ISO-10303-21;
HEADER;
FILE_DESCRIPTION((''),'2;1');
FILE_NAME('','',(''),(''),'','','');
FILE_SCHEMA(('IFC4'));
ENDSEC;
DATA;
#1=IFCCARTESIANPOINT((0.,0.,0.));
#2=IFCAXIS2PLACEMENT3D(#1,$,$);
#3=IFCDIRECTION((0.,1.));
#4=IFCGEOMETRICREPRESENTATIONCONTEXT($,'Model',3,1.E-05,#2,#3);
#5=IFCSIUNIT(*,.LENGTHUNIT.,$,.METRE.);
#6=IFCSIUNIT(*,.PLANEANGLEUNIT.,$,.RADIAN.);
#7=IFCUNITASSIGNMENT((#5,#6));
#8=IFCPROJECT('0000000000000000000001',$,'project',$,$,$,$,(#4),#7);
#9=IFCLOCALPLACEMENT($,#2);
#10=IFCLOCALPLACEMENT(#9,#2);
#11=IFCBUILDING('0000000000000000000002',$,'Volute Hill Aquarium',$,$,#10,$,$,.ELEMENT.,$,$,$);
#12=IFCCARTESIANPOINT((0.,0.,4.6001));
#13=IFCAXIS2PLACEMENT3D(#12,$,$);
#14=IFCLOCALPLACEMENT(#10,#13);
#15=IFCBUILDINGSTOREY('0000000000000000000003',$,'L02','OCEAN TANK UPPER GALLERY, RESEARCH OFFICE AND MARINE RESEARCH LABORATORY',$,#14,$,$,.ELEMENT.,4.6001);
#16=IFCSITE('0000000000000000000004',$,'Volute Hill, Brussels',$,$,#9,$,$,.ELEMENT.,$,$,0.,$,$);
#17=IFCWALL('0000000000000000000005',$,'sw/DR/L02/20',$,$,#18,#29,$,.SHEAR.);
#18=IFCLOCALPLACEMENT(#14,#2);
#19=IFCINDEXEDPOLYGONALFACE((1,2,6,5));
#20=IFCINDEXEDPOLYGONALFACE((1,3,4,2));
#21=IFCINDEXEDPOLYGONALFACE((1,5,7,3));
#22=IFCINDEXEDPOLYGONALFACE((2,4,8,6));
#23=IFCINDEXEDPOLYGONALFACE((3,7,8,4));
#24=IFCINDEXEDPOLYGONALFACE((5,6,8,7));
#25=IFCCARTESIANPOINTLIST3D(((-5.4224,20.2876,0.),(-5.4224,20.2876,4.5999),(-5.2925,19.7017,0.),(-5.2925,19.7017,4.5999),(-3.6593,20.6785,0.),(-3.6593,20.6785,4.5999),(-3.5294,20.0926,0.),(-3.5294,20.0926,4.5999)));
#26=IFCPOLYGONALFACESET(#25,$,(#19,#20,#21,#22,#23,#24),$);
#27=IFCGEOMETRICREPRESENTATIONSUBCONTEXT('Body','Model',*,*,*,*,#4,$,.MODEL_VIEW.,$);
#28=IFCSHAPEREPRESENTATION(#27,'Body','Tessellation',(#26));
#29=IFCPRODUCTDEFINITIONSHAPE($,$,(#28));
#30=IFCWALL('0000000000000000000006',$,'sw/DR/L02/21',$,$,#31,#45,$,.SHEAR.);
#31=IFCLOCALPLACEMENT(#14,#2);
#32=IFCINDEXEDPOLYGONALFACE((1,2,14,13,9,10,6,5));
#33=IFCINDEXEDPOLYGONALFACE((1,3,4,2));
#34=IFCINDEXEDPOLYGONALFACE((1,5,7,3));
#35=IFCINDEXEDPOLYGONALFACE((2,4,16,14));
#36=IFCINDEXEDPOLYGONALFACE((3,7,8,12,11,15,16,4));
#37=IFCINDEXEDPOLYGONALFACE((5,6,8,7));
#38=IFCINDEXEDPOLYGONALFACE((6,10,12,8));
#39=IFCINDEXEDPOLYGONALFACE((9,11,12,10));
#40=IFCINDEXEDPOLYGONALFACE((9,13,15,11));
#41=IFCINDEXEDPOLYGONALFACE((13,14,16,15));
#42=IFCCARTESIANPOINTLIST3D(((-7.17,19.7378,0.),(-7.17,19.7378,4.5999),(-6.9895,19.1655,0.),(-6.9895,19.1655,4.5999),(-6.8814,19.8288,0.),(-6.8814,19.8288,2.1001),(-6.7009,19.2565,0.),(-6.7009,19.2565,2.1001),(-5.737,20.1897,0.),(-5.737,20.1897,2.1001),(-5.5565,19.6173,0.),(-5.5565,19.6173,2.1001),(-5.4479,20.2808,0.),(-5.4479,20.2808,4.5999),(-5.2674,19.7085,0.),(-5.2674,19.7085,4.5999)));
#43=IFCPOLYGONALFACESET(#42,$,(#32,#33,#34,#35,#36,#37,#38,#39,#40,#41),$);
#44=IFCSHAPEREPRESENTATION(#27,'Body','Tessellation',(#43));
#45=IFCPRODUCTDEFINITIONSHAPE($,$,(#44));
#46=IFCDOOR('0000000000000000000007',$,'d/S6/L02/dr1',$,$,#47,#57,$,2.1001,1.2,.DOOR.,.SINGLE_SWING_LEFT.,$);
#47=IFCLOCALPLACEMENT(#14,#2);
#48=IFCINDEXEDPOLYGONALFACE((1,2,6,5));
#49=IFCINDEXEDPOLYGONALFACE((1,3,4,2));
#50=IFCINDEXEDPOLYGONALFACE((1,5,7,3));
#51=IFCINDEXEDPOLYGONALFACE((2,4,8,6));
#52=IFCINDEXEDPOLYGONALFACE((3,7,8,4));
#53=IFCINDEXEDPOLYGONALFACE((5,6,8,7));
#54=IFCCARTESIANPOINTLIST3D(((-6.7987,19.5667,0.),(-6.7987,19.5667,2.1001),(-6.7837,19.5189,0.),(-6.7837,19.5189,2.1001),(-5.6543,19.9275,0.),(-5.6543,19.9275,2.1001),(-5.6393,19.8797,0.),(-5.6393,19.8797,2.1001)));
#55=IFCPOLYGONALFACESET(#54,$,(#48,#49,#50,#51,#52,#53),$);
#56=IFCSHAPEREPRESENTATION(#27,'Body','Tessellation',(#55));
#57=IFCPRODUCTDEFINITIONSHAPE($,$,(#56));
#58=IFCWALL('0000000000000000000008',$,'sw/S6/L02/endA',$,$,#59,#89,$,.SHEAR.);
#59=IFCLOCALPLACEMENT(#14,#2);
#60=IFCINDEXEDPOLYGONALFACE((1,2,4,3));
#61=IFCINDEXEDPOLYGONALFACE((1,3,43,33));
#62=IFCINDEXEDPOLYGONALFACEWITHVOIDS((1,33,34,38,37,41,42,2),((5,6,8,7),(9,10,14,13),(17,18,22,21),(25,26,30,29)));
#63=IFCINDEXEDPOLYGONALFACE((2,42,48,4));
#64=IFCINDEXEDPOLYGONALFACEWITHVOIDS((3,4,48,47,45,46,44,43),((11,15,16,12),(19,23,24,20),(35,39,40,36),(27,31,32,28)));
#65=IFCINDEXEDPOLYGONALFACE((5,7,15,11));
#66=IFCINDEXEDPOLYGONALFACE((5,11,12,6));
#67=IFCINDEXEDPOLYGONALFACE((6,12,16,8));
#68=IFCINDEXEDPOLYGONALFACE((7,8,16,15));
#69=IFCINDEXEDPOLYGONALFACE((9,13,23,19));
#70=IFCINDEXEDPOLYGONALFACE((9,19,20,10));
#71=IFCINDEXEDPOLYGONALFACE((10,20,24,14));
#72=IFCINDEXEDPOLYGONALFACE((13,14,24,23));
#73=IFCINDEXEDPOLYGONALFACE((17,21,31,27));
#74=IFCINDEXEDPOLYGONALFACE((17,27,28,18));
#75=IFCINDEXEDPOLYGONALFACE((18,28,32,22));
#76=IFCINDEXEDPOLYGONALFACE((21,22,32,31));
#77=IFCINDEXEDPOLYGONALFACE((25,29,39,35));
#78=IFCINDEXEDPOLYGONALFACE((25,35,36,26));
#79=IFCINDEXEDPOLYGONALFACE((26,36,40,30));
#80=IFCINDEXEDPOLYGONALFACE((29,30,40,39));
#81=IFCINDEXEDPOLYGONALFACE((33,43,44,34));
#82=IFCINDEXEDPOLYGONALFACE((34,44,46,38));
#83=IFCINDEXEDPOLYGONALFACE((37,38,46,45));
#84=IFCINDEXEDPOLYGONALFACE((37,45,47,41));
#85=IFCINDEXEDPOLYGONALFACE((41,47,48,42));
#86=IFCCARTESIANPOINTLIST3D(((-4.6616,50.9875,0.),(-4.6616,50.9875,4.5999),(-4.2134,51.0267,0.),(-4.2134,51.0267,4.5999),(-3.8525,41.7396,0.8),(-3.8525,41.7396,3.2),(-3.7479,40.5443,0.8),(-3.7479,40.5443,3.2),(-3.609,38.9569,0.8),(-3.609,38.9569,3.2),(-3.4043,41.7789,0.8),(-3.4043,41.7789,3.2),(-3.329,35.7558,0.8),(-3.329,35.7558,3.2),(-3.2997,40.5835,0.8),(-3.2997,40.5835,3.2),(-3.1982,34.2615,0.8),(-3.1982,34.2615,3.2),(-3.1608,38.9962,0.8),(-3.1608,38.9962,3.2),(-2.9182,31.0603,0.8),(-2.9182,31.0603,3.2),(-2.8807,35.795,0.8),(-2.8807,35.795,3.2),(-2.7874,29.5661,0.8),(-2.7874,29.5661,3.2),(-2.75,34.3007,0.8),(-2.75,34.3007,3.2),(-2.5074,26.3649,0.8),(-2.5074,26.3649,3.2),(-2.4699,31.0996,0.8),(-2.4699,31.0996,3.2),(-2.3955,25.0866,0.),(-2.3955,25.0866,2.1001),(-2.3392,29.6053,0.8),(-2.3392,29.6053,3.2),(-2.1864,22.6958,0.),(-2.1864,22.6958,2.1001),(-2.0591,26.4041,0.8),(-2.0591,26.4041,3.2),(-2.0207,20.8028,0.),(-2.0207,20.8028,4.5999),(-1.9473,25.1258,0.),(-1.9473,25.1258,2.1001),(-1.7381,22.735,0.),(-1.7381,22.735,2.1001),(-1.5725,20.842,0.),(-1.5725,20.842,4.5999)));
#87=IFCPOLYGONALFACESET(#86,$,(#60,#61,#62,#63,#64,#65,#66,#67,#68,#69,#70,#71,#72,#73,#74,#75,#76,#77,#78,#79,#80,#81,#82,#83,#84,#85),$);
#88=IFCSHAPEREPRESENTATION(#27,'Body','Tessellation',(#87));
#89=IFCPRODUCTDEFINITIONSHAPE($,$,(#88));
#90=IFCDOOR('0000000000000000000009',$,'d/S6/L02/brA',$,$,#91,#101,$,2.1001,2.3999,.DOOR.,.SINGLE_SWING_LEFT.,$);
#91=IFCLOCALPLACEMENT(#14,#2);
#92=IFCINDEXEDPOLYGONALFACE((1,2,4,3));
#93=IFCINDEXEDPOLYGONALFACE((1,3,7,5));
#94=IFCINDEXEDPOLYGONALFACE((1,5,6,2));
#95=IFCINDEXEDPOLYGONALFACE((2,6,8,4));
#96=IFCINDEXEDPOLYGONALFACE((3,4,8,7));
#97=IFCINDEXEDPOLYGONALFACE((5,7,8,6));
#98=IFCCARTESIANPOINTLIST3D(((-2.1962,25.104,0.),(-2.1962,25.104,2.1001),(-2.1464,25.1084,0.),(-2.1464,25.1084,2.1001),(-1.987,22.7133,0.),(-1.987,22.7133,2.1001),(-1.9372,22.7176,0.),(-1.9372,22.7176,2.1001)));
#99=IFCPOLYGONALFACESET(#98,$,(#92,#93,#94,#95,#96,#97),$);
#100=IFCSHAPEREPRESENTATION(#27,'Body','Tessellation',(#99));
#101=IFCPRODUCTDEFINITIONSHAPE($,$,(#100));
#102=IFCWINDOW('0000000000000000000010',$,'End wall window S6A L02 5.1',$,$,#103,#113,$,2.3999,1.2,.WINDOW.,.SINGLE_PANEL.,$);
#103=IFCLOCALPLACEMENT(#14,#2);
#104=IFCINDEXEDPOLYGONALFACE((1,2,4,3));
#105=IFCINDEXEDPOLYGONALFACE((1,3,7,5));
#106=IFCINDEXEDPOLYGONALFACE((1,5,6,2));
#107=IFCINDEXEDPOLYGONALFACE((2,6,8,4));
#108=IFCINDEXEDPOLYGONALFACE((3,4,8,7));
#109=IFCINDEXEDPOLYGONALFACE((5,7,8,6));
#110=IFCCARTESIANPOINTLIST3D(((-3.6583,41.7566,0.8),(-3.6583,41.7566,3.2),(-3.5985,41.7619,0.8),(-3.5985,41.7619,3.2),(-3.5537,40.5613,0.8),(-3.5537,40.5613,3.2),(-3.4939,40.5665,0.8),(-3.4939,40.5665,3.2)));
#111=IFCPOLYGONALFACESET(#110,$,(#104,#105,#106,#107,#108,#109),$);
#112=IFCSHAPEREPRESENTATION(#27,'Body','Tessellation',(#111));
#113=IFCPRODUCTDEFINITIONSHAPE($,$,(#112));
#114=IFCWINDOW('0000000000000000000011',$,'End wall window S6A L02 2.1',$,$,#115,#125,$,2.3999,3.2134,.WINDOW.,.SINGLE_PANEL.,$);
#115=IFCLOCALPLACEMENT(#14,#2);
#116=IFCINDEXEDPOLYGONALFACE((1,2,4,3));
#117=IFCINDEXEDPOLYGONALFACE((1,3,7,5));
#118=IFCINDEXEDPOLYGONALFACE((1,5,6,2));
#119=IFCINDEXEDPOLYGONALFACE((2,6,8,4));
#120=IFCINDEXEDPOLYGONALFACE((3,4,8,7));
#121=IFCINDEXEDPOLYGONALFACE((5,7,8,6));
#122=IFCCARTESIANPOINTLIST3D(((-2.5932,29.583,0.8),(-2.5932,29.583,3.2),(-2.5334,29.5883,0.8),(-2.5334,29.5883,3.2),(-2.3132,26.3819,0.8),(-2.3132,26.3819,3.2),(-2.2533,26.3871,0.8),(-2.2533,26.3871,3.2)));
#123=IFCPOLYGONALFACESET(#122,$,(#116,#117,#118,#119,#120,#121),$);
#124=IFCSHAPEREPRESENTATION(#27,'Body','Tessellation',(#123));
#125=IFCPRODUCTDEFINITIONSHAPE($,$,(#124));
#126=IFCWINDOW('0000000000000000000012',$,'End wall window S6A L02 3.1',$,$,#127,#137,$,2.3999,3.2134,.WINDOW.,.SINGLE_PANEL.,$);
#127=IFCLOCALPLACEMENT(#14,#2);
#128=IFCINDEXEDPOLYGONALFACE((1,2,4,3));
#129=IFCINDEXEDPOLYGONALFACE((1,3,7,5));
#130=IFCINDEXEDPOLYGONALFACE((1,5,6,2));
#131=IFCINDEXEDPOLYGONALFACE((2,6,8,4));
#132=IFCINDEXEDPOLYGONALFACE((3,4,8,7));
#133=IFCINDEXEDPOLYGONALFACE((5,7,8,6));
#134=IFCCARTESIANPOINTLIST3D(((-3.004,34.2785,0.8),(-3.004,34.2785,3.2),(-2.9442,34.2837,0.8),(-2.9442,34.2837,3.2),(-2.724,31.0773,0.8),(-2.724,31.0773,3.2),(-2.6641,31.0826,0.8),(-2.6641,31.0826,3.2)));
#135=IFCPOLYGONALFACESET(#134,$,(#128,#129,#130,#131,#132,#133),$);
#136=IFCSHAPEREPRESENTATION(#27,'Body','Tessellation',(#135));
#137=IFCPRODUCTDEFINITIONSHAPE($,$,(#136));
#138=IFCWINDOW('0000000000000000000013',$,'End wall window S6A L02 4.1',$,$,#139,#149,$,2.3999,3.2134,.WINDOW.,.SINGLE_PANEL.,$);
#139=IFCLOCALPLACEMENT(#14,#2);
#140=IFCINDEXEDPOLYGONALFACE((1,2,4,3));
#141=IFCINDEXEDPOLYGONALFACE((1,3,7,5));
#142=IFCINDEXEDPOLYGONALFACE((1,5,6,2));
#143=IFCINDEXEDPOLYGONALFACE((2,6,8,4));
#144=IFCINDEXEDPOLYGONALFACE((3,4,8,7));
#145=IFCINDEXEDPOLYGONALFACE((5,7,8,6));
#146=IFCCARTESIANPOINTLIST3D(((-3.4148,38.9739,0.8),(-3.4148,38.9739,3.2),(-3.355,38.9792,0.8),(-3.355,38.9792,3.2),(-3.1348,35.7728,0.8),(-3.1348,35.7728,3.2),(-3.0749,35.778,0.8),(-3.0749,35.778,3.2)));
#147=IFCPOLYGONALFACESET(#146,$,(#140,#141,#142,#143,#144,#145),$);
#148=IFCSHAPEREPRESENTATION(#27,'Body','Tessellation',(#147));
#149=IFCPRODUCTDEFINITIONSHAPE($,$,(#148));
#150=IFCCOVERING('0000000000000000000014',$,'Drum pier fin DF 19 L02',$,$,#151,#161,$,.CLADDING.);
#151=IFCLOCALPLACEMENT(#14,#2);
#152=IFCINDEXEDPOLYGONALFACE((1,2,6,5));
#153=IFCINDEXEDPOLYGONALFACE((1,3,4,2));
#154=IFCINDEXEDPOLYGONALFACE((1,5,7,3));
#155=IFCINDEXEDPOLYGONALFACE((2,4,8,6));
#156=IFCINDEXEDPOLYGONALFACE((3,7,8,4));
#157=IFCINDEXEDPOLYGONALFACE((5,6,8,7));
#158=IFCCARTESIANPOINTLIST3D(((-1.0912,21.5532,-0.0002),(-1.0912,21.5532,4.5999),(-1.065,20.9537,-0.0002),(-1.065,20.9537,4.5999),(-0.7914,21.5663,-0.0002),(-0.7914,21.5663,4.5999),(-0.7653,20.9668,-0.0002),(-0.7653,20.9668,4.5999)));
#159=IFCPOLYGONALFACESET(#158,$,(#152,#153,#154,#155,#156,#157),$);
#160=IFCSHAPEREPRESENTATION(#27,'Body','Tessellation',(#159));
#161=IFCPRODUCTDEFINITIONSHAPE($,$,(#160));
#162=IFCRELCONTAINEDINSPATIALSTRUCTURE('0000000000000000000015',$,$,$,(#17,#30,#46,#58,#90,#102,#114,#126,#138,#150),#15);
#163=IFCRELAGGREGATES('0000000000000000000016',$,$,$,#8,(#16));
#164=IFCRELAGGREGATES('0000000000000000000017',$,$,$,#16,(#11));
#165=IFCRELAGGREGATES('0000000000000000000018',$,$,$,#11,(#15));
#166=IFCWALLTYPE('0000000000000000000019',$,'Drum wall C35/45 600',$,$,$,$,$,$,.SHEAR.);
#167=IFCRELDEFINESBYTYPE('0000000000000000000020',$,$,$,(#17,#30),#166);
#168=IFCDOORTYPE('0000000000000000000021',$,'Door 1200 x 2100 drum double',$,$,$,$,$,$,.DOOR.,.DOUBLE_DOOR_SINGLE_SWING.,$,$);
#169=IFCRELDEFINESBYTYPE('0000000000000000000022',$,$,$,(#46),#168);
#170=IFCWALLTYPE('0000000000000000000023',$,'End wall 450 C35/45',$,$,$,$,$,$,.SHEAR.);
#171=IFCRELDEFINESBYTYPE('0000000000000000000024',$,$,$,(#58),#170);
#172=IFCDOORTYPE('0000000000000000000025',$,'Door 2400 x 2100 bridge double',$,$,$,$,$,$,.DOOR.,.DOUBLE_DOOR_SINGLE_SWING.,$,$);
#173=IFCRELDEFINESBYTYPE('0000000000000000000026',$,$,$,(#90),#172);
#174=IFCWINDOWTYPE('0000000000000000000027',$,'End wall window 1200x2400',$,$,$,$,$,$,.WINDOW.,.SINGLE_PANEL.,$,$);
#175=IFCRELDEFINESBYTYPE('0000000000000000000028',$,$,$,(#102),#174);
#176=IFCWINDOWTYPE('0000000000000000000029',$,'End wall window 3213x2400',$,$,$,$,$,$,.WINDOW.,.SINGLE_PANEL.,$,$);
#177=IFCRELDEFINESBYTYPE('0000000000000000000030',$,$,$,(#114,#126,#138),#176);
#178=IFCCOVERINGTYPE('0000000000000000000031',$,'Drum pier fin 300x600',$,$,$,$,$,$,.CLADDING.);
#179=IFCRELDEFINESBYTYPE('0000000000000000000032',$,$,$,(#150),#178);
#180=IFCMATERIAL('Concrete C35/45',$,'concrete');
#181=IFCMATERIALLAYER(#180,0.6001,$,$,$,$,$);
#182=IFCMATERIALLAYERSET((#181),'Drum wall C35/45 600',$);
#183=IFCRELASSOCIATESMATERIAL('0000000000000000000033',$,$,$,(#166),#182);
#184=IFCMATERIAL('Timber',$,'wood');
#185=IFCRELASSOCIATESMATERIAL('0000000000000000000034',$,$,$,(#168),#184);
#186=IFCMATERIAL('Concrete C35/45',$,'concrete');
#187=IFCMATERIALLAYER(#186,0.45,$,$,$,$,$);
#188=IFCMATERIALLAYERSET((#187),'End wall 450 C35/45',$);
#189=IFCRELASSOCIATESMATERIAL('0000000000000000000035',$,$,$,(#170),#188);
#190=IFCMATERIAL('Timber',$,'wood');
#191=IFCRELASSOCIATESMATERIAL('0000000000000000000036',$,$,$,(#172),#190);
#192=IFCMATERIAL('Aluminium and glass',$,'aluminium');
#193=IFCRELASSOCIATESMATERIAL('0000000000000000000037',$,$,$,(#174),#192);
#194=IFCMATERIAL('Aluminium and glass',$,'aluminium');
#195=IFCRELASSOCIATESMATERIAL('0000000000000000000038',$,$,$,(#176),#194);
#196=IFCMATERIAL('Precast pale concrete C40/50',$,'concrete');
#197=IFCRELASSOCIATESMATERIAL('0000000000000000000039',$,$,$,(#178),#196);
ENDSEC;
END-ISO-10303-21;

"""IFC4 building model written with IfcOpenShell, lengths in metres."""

from ifc_helpers import new_model, si_unit, direction, frame, frame_2d, origin, origin_2d, place, context, subcontext, project, spatial, rectangle, extrude, material, layer, layer_set, type_object, element, fill, save


model = new_model("IFC4")

# Units and contexts
model_context = context("Model", 3, precision=1e-05, world=origin(), true_north=direction((0.0, 1.0)))
body_context = subcontext(model_context, "Body", "Model", "MODEL_VIEW")
ifc_project = project(units=[si_unit("LENGTHUNIT", "METRE"), si_unit("PLANEANGLEUNIT", "RADIAN")], contexts=[model_context])

# Site, building, storey
site_placement = place(None, origin())
site = spatial("IfcSite", under=ifc_project, at=site_placement, Name="Volute Hill, Brussels", CompositionType="ELEMENT", RefElevation=0.0)
building_placement = place(site_placement, origin())
building = spatial("IfcBuilding", under=site, at=building_placement, Name="Volute Hill Aquarium", CompositionType="ELEMENT")
storey_placement = place(building_placement, frame((0.0, 0.0, 4.6001)))
storey = spatial("IfcBuildingStorey", under=building, at=storey_placement, Name="L02", Description="OCEAN TANK UPPER GALLERY, RESEARCH OFFICE AND MARINE RESEARCH LABORATORY", CompositionType="ELEMENT", Elevation=4.6001)

# Wall
ifc_material_1 = material(Name="Concrete C35/45", Category="concrete")
ifc_layer_1 = layer(ifc_material_1, 0.6001)
ifc_layer_set_1 = layer_set([ifc_layer_1], Name="Drum wall C35/45 600")
wall_type_1 = type_object("IfcWallType", Name="Drum wall C35/45 600", PredefinedType="SHEAR", material=ifc_layer_set_1)
wall_1_placement = place(storey_placement, frame((-3.5945, 20.3855, 0.0), z_axis=(0.0, 0.0, 1.0), x_axis=(-0.976298, -0.216429, 0.0)))
element("IfcWall", 1, at=wall_1_placement, inside=storey, type_object=wall_type_1, Name="sw/DR/L02/20", PredefinedType="SHEAR", context=body_context, shape_type="SweptSolid", body=[
    extrude(rectangle(XDim=1.8059, YDim=0.6001, at=frame_2d((0.9028, 0.0))), origin(), (0.0, 0.0, 1.0), 4.5999),
])

# Wall, opening, door
wall_2_placement = place(storey_placement, frame((-5.3577, 19.9946, 0.0), z_axis=(0.0, 0.0, 1.0), x_axis=(-0.953722, -0.300691, 0.0)))
wall_2 = element("IfcWall", 2, at=wall_2_placement, inside=storey, type_object=wall_type_1, Name="sw/DR/L02/21", PredefinedType="SHEAR", context=body_context, shape_type="SweptSolid", body=[
    extrude(rectangle(XDim=1.8057, YDim=0.6001, at=frame_2d((0.9028, 0.0))), origin(), (0.0, 0.0, 1.0), 4.5999),
])
opening_1_placement = place(wall_2_placement, frame((0.303, 0.0, 0.0)))
opening_1 = element("IfcOpeningElement", 3, at=opening_1_placement, cuts=wall_2, PredefinedType="OPENING", context=body_context, shape_type="SweptSolid", body=[
    extrude(rectangle(XDim=1.2, YDim=2.1001, at=frame_2d((0.6001, 1.05))), frame((0.0, 0.3101, 0.0), z_axis=(0.0, -1.0, 0.0), x_axis=(1.0, 0.0, 0.0)), (0.0, 0.0, 1.0), 0.6201),
])
ifc_material_2 = material(Name="Timber", Category="wood")
door_type_1 = type_object("IfcDoorType", Name="Door 1200 x 2100 drum double", OperationType="DOUBLE_DOOR_SINGLE_SWING", PredefinedType="DOOR", material=ifc_material_2)
door_1_placement = place(opening_1_placement, origin())
door_1 = element("IfcDoor", 4, at=door_1_placement, inside=storey, type_object=door_type_1, Name="d/S6/L02/dr1", OperationType="SINGLE_SWING_LEFT", OverallHeight=2.1001, OverallWidth=1.2, PredefinedType="DOOR", context=body_context, shape_type="SweptSolid", body=[
    extrude(rectangle(XDim=1.2, YDim=2.1001, at=frame_2d((0.6001, 1.05))), frame((0.0, 0.0249, 0.0), z_axis=(0.0, -1.0, 0.0), x_axis=(1.0, 0.0, 0.0)), (0.0, 0.0, 1.0), 0.05),
])
fill(opening_1, door_1)

# Wall, openings, door, windows
ifc_material_3 = material(Name="Concrete C35/45", Category="concrete")
ifc_layer_2 = layer(ifc_material_3, 0.45)
ifc_layer_set_2 = layer_set([ifc_layer_2], Name="End wall 450 C35/45")
wall_type_2 = type_object("IfcWallType", Name="End wall 450 C35/45", PredefinedType="SHEAR", material=ifc_layer_set_2)
wall_3_placement = place(storey_placement, frame((-1.7966, 20.8225, 0.0), z_axis=(0.0, 0.0, 1.0), x_axis=(-0.087157, 0.996195, 0.0)))
wall_3 = element("IfcWall", 5, at=wall_3_placement, inside=storey, type_object=wall_type_2, Name="sw/S6/L02/endA", PredefinedType="SHEAR", context=body_context, shape_type="SweptSolid", body=[
    extrude(rectangle(XDim=30.3, YDim=0.45, at=frame_2d((15.1499, 0.0))), origin(), (0.0, 0.0, 1.0), 4.5999),
])
opening_2_placement = place(wall_3_placement, frame((5.5833, 0.0, 0.8)))
opening_2 = element("IfcOpeningElement", 6, at=opening_2_placement, cuts=wall_3, PredefinedType="OPENING", context=body_context, shape_type="SweptSolid", body=[
    extrude(rectangle(XDim=3.2134, YDim=2.3999, at=frame_2d((1.6067, 1.2))), frame((0.0, 0.2349, 0.0), z_axis=(0.0, -1.0, 0.0), x_axis=(1.0, 0.0, 0.0)), (0.0, 0.0, 1.0), 0.47),
])
opening_3_placement = place(wall_3_placement, frame((10.2966, 0.0, 0.8)))
opening_3 = element("IfcOpeningElement", 7, at=opening_3_placement, cuts=wall_3, PredefinedType="OPENING", context=body_context, shape_type="SweptSolid", body=[
    extrude(rectangle(XDim=3.2134, YDim=2.3999, at=frame_2d((1.6067, 1.2))), frame((0.0, 0.2349, 0.0), z_axis=(0.0, -1.0, 0.0), x_axis=(1.0, 0.0, 0.0)), (0.0, 0.0, 1.0), 0.47),
])
opening_4_placement = place(wall_3_placement, frame((15.01, 0.0, 0.8)))
opening_4 = element("IfcOpeningElement", 8, at=opening_4_placement, cuts=wall_3, PredefinedType="OPENING", context=body_context, shape_type="SweptSolid", body=[
    extrude(rectangle(XDim=3.2134, YDim=2.3999, at=frame_2d((1.6067, 1.2))), frame((0.0, 0.2349, 0.0), z_axis=(0.0, -1.0, 0.0), x_axis=(1.0, 0.0, 0.0)), (0.0, 0.0, 1.0), 0.47),
])
opening_5_placement = place(wall_3_placement, frame((19.8167, 0.0, 0.8)))
opening_5 = element("IfcOpeningElement", 9, at=opening_5_placement, cuts=wall_3, PredefinedType="OPENING", context=body_context, shape_type="SweptSolid", body=[
    extrude(rectangle(XDim=1.2, YDim=2.3999, at=frame_2d((0.6001, 1.2))), frame((0.0, 0.2349, 0.0), z_axis=(0.0, -1.0, 0.0), x_axis=(1.0, 0.0, 0.0)), (0.0, 0.0, 1.0), 0.47),
])
opening_6_placement = place(wall_3_placement, frame((1.9001, 0.0, 0.0)))
opening_6 = element("IfcOpeningElement", 10, at=opening_6_placement, cuts=wall_3, PredefinedType="OPENING", context=body_context, shape_type="SweptSolid", body=[
    extrude(rectangle(XDim=2.3999, YDim=2.1001, at=frame_2d((1.2, 1.05))), frame((0.0, 0.2349, 0.0), z_axis=(0.0, -1.0, 0.0), x_axis=(1.0, 0.0, 0.0)), (0.0, 0.0, 1.0), 0.47),
])
ifc_material_4 = material(Name="Timber", Category="wood")
door_type_2 = type_object("IfcDoorType", Name="Door 2400 x 2100 bridge double", OperationType="DOUBLE_DOOR_SINGLE_SWING", PredefinedType="DOOR", material=ifc_material_4)
door_2_placement = place(opening_6_placement, origin())
door_2 = element("IfcDoor", 11, at=door_2_placement, inside=storey, type_object=door_type_2, Name="d/S6/L02/brA", OperationType="SINGLE_SWING_LEFT", OverallHeight=2.1001, OverallWidth=2.3999, PredefinedType="DOOR", context=body_context, shape_type="SweptSolid", body=[
    extrude(rectangle(XDim=2.3999, YDim=2.1001, at=frame_2d((1.2, 1.05))), frame((0.0, 0.0249, 0.0), z_axis=(0.0, -1.0, 0.0), x_axis=(1.0, 0.0, 0.0)), (0.0, 0.0, 1.0), 0.05),
])
fill(opening_6, door_2)
ifc_material_5 = material(Name="Aluminium and glass", Category="aluminium")
window_type_1 = type_object("IfcWindowType", Name="End wall window 1200x2400", PartitioningType="SINGLE_PANEL", PredefinedType="WINDOW", material=ifc_material_5)
window_1_placement = place(opening_5_placement, origin())
window_1 = element("IfcWindow", 12, at=window_1_placement, inside=storey, type_object=window_type_1, Name="End wall window S6A L02 5.1", OverallHeight=2.3999, OverallWidth=1.2, PartitioningType="SINGLE_PANEL", PredefinedType="WINDOW", context=body_context, shape_type="SweptSolid", body=[
    extrude(rectangle(XDim=1.2, YDim=2.3999, at=frame_2d((0.6001, 1.2))), frame((0.0, 0.03, 0.0), z_axis=(0.0, -1.0, 0.0), x_axis=(1.0, 0.0, 0.0)), (0.0, 0.0, 1.0), 0.0601),
])
fill(opening_5, window_1)
ifc_material_6 = material(Name="Aluminium and glass", Category="aluminium")
window_type_2 = type_object("IfcWindowType", Name="End wall window 3213x2400", PartitioningType="SINGLE_PANEL", PredefinedType="WINDOW", material=ifc_material_6)
window_2_placement = place(opening_2_placement, origin())
window_2 = element("IfcWindow", 13, at=window_2_placement, inside=storey, type_object=window_type_2, Name="End wall window S6A L02 2.1", OverallHeight=2.3999, OverallWidth=3.2134, PartitioningType="SINGLE_PANEL", PredefinedType="WINDOW", context=body_context, shape_type="SweptSolid", body=[
    extrude(rectangle(XDim=3.2134, YDim=2.3999, at=frame_2d((1.6067, 1.2))), frame((0.0, 0.03, 0.0), z_axis=(0.0, -1.0, 0.0), x_axis=(1.0, 0.0, 0.0)), (0.0, 0.0, 1.0), 0.0601),
])
fill(opening_2, window_2)
window_3_placement = place(opening_3_placement, origin())
window_3 = element("IfcWindow", 14, at=window_3_placement, inside=storey, type_object=window_type_2, Name="End wall window S6A L02 3.1", OverallHeight=2.3999, OverallWidth=3.2134, PartitioningType="SINGLE_PANEL", PredefinedType="WINDOW", context=body_context, shape_type="SweptSolid", body=[
    extrude(rectangle(XDim=3.2134, YDim=2.3999, at=frame_2d((1.6067, 1.2))), frame((0.0, 0.03, 0.0), z_axis=(0.0, -1.0, 0.0), x_axis=(1.0, 0.0, 0.0)), (0.0, 0.0, 1.0), 0.0601),
])
fill(opening_3, window_3)
window_4_placement = place(opening_4_placement, origin())
window_4 = element("IfcWindow", 15, at=window_4_placement, inside=storey, type_object=window_type_2, Name="End wall window S6A L02 4.1", OverallHeight=2.3999, OverallWidth=3.2134, PartitioningType="SINGLE_PANEL", PredefinedType="WINDOW", context=body_context, shape_type="SweptSolid", body=[
    extrude(rectangle(XDim=3.2134, YDim=2.3999, at=frame_2d((1.6067, 1.2))), frame((0.0, 0.03, 0.0), z_axis=(0.0, -1.0, 0.0), x_axis=(1.0, 0.0, 0.0)), (0.0, 0.0, 1.0), 0.0601),
])
fill(opening_4, window_4)

# Covering
ifc_material_7 = material(Name="Precast pale concrete C40/50", Category="concrete")
covering_type_1 = type_object("IfcCoveringType", Name="Drum pier fin 300x600", PredefinedType="CLADDING", material=ifc_material_7)
covering_1_placement = place(storey_placement, frame((-0.9282, 21.26, -0.0002), z_axis=(0.0, 0.0, 1.0), x_axis=(-0.999048, -0.043619, 0.0)))
element("IfcCovering", 16, at=covering_1_placement, inside=storey, type_object=covering_type_1, Name="Drum pier fin DF 19 L02", PredefinedType="CLADDING", context=body_context, shape_type="SweptSolid", body=[
    extrude(rectangle(XDim=0.3, YDim=0.6001, at=origin_2d()), origin(), (0.0, 0.0, 1.0), 4.6001),
])

save(model, "model.ifc")
